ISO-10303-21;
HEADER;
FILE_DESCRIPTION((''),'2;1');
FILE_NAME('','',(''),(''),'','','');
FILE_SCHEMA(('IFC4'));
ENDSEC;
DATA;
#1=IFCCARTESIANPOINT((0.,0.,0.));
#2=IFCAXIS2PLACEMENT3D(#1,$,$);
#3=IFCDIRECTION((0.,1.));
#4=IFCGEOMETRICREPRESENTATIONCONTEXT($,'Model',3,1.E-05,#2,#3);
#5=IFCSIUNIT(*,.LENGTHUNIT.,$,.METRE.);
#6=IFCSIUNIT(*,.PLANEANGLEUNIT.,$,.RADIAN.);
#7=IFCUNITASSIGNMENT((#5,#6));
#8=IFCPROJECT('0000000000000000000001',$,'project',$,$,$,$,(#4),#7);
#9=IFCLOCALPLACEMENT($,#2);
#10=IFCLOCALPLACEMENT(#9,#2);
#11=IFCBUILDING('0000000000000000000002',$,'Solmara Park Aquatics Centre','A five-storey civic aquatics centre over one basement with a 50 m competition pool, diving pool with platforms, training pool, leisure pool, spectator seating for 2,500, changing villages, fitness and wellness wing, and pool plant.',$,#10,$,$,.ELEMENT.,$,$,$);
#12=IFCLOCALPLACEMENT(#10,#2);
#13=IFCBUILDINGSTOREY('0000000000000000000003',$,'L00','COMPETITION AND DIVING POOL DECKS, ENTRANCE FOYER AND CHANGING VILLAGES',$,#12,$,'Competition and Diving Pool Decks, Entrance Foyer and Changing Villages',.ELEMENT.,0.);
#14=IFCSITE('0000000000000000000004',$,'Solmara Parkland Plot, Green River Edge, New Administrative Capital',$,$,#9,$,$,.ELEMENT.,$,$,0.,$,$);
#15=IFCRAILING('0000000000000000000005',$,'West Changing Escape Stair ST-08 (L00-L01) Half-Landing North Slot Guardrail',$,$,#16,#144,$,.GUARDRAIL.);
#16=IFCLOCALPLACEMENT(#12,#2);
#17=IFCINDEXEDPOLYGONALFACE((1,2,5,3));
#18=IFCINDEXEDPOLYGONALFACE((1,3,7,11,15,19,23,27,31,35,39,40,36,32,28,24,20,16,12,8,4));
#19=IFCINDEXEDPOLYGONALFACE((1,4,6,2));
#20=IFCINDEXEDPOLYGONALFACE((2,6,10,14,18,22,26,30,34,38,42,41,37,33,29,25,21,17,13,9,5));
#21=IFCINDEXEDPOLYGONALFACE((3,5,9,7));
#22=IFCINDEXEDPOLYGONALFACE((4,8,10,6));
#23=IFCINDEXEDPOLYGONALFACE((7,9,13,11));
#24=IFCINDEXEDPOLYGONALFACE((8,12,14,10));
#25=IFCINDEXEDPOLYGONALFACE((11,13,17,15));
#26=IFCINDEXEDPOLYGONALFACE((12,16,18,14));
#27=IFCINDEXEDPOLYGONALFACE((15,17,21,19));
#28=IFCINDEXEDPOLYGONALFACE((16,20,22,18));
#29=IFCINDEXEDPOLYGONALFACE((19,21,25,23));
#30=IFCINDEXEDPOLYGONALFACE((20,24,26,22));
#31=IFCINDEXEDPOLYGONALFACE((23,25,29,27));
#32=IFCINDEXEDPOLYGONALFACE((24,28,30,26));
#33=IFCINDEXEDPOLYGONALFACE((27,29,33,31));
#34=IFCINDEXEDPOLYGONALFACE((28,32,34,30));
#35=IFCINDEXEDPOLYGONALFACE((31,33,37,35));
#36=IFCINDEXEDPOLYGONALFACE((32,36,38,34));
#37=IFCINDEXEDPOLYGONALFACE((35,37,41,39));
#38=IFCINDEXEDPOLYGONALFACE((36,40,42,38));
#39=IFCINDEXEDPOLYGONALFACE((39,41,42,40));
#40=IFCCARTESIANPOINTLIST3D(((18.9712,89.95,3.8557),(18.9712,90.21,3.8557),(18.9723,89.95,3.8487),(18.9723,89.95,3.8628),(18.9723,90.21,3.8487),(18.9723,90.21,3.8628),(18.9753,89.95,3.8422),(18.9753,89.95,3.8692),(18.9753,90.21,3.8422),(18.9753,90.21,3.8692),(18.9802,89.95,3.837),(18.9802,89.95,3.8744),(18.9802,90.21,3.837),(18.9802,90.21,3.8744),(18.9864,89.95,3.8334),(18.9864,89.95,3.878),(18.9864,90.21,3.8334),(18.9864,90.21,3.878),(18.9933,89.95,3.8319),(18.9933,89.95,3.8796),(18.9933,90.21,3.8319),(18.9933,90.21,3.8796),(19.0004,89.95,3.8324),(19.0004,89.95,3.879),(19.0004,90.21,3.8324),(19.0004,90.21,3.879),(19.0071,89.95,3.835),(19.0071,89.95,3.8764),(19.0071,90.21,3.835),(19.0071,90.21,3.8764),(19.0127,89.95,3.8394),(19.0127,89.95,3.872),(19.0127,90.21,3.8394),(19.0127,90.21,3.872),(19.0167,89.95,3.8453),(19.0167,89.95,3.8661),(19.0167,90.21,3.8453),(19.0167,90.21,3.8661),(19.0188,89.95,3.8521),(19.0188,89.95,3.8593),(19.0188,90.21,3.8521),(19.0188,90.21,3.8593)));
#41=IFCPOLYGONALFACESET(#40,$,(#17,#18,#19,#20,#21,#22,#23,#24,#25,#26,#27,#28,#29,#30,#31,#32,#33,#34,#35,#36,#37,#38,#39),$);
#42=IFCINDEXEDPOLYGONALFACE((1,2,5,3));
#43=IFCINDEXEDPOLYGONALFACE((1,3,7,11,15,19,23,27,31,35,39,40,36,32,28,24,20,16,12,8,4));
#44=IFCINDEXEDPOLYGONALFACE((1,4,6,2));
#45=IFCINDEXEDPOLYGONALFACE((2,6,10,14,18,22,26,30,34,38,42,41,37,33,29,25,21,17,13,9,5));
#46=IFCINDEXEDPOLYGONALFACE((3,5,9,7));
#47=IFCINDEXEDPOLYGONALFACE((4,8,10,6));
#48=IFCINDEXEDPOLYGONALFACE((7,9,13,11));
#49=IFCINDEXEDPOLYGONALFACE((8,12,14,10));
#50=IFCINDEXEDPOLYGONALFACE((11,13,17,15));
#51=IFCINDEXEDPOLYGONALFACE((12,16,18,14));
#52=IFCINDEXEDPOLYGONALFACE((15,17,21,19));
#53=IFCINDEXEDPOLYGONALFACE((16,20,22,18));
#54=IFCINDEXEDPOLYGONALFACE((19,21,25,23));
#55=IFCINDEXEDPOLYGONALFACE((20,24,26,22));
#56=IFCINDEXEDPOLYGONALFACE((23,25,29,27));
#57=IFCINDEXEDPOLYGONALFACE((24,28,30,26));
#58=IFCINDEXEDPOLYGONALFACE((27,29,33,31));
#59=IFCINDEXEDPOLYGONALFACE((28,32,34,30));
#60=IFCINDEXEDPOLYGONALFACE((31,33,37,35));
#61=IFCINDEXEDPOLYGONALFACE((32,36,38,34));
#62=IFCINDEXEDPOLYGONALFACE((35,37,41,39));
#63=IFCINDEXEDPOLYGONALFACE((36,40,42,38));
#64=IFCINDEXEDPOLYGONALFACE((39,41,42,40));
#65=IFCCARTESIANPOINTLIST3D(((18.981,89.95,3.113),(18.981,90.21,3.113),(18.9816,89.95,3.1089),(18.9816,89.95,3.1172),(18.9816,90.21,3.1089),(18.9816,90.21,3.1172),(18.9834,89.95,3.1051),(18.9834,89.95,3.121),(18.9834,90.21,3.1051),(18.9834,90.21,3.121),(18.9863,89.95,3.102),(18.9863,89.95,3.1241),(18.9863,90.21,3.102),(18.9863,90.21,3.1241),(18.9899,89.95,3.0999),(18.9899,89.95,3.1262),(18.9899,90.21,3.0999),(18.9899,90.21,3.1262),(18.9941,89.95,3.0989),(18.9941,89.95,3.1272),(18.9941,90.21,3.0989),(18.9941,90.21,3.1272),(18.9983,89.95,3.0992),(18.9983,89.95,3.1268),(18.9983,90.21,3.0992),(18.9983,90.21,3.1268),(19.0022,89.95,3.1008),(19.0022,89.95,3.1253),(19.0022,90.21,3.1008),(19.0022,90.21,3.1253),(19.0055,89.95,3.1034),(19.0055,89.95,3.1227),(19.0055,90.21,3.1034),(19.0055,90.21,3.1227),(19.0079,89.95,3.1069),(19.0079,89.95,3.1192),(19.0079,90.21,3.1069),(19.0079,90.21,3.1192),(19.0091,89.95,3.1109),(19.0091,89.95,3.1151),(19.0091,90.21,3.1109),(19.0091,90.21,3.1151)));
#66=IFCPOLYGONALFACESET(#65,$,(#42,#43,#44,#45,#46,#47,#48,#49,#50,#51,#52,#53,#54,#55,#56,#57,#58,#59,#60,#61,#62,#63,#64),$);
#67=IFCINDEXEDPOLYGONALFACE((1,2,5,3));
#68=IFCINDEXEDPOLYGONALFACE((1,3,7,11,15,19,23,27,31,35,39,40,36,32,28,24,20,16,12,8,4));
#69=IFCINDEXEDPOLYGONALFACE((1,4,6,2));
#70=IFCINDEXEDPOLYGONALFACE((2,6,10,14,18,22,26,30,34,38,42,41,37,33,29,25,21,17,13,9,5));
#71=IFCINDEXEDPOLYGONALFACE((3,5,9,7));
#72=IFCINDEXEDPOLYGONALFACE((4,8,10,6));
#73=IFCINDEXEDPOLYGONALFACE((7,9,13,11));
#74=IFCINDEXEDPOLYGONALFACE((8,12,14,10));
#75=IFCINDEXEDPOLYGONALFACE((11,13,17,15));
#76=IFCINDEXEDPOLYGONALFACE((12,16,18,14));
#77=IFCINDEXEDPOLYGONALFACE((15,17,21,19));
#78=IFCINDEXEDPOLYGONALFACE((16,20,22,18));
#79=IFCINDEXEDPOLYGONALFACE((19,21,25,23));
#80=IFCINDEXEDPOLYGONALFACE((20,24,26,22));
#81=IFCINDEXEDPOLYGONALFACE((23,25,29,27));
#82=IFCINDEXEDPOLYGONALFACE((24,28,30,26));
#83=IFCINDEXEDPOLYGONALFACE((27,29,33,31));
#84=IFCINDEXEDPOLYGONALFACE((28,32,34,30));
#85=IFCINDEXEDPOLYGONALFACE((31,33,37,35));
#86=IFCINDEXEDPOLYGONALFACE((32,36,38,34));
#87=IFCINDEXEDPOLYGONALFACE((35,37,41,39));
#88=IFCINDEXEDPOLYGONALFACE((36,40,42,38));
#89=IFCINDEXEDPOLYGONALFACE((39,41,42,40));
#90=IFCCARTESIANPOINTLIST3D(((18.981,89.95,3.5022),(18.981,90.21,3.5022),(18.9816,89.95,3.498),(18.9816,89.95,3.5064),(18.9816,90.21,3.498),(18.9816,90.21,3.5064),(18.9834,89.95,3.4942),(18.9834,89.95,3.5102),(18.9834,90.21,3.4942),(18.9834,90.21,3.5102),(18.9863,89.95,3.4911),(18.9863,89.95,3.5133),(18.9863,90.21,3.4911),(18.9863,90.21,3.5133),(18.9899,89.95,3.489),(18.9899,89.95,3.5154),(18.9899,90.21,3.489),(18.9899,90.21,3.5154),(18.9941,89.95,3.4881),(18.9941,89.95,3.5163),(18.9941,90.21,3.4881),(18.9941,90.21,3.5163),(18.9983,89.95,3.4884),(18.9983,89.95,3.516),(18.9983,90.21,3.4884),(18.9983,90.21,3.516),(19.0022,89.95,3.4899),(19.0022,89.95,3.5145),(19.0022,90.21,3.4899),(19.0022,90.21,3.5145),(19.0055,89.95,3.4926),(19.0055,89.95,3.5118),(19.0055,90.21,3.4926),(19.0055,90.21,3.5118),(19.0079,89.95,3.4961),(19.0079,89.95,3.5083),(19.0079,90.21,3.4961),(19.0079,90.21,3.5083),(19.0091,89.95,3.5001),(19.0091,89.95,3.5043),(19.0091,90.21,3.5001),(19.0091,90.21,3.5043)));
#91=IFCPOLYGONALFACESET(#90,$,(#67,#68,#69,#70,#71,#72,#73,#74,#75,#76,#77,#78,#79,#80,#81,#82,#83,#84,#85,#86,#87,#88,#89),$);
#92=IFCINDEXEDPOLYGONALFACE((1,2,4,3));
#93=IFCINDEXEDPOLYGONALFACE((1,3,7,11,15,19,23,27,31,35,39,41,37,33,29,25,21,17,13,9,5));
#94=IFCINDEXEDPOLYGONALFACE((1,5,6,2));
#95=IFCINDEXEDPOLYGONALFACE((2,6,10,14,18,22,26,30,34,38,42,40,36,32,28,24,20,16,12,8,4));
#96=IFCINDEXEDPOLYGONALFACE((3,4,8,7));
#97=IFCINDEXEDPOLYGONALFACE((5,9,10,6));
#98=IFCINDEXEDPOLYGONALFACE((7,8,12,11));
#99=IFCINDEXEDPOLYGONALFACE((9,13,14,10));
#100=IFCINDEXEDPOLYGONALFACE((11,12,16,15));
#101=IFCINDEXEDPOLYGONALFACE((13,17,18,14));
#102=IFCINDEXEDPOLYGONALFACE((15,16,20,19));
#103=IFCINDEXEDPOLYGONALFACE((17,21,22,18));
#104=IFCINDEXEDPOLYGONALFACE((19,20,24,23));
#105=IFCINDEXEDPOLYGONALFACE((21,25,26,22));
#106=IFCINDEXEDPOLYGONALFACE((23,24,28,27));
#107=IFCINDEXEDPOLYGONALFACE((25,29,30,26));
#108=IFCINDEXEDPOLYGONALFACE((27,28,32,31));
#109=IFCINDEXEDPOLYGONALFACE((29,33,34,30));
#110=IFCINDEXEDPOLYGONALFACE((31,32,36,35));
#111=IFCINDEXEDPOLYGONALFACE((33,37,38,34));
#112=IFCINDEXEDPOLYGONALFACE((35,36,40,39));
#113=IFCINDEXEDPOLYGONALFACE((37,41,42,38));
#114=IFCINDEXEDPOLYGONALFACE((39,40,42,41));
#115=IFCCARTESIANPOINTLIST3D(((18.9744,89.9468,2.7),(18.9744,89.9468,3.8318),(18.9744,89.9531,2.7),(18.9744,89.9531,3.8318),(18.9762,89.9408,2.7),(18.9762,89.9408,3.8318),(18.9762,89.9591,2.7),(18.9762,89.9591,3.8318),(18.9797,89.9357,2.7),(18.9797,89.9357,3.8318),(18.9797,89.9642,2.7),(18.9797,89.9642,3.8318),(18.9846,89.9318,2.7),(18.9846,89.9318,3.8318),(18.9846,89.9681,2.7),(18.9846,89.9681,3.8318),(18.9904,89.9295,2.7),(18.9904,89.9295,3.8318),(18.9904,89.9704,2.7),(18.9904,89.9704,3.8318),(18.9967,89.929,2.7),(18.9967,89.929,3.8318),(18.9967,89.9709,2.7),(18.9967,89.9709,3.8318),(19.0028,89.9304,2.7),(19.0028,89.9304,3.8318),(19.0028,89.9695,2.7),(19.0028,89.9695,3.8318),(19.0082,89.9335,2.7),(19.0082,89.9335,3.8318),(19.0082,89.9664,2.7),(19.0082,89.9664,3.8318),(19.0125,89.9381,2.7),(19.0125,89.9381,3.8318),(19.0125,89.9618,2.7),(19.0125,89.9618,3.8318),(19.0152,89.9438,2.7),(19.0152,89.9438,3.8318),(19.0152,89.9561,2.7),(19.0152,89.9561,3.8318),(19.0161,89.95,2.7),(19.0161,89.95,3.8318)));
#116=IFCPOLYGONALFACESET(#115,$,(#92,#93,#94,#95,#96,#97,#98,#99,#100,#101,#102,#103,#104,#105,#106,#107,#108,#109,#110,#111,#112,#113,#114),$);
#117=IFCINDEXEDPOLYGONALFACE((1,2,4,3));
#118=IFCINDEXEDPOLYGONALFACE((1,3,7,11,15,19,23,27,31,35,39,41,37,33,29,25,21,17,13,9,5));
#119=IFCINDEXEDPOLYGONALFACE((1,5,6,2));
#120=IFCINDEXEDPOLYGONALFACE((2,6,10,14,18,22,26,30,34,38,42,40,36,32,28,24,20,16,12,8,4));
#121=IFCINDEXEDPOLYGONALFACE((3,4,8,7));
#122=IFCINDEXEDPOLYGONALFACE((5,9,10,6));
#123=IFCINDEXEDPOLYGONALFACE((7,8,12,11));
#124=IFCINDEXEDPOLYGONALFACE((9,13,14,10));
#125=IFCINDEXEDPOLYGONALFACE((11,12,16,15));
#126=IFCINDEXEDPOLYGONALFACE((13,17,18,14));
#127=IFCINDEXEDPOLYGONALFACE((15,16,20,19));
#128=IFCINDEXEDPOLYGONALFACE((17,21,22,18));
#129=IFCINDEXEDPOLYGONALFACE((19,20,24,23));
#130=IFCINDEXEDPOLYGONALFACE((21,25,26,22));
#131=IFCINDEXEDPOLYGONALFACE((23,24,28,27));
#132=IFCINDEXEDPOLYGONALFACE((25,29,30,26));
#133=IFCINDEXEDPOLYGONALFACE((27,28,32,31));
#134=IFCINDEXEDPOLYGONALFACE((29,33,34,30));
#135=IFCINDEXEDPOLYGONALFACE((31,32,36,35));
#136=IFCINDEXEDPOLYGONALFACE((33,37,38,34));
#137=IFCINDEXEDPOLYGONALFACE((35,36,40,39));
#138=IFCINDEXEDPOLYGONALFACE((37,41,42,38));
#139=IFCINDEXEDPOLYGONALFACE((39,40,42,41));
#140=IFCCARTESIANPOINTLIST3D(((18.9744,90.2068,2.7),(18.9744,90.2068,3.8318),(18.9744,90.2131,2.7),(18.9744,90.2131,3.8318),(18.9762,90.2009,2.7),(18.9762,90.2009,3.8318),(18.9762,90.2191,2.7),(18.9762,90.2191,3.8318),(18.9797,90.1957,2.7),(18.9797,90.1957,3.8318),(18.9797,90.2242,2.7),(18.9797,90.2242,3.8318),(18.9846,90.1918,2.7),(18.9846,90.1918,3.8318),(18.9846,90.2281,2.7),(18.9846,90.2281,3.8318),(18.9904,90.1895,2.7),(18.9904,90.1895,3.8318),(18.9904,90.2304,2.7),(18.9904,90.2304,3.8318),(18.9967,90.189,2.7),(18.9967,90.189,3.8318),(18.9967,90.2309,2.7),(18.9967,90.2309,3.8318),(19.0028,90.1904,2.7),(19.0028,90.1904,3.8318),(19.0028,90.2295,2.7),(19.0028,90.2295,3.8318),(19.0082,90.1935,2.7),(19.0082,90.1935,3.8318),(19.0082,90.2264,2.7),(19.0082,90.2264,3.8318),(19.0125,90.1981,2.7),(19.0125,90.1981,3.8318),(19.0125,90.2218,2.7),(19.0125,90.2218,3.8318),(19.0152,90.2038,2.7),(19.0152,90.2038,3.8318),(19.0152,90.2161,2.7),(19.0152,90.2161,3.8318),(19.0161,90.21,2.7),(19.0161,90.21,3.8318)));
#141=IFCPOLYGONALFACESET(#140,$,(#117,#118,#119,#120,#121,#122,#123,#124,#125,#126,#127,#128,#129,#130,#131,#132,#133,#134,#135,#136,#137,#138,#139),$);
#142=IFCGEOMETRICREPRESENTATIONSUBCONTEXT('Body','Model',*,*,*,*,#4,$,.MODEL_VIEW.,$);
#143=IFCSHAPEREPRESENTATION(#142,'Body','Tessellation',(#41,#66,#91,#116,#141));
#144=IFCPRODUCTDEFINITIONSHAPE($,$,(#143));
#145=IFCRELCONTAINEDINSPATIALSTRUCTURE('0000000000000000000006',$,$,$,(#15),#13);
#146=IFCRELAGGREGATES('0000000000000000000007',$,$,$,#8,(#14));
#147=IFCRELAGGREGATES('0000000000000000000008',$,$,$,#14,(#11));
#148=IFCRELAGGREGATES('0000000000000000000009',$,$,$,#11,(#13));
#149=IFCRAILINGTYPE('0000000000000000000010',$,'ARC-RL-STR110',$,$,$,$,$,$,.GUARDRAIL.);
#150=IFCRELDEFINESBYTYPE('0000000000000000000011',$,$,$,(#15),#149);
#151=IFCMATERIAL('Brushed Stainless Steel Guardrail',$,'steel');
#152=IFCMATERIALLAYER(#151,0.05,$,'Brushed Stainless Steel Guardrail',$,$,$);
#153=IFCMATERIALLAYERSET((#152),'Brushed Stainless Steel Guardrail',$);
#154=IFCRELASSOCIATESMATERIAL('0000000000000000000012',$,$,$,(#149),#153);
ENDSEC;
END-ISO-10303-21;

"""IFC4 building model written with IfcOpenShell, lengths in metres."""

from ifc_helpers import new_model, si_unit, direction, frame, origin, origin_2d, place, context, subcontext, project, spatial, circle, extrude, material, layer, layer_set, type_object, element, save


model = new_model("IFC4")

# Units and contexts
model_context = context("Model", 3, precision=1e-05, world=origin(), true_north=direction((0.0, 1.0)))
body_context = subcontext(model_context, "Body", "Model", "MODEL_VIEW")
ifc_project = project(units=[si_unit("LENGTHUNIT", "METRE"), si_unit("PLANEANGLEUNIT", "RADIAN")], contexts=[model_context])

# Site, building, storey
site_placement = place(None, origin())
site = spatial("IfcSite", under=ifc_project, at=site_placement, Name="Solmara Parkland Plot, Green River Edge, New Administrative Capital", CompositionType="ELEMENT", RefElevation=0.0)
building_placement = place(site_placement, origin())
building = spatial("IfcBuilding", under=site, at=building_placement, Name="Solmara Park Aquatics Centre", Description="A five-storey civic aquatics centre over one basement with a 50 m competition pool, diving pool with platforms, training pool, leisure pool, spectator seating for 2,500, changing villages, fitness and wellness wing, and pool plant.", CompositionType="ELEMENT")
storey_placement = place(building_placement, origin())
storey = spatial("IfcBuildingStorey", under=building, at=storey_placement, Name="L00", Description="COMPETITION AND DIVING POOL DECKS, ENTRANCE FOYER AND CHANGING VILLAGES", LongName="Competition and Diving Pool Decks, Entrance Foyer and Changing Villages", CompositionType="ELEMENT", Elevation=0.0)

# Railing
ifc_material_1 = material(Name="Brushed Stainless Steel Guardrail", Category="steel")
ifc_layer_1 = layer(ifc_material_1, 0.05, Name="Brushed Stainless Steel Guardrail")
ifc_layer_set_1 = layer_set([ifc_layer_1], Name="Brushed Stainless Steel Guardrail")
railing_type_1 = type_object("IfcRailingType", Name="ARC-RL-STR110", PredefinedType="GUARDRAIL", material=ifc_layer_set_1)
railing_1_placement = place(storey_placement, frame((18.9951, 89.95, 2.7)))
element("IfcRailing", 1, at=railing_1_placement, inside=storey, type_object=railing_type_1, Name="West Changing Escape Stair ST-08 (L00-L01) Half-Landing North Slot Guardrail", PredefinedType="GUARDRAIL", context=body_context, shape_type="SweptSolid", body=[
    extrude(circle(Radius=0.0239, at=origin_2d()), frame((0.0, 0.0, 1.1558), z_axis=(0.0, 1.0, 0.0), x_axis=(-1.0, 0.0, 0.0)), (0.0, 0.0, 1.0), 0.26),
    extrude(circle(Radius=0.0142, at=origin_2d()), frame((0.0, 0.0, 0.4131), z_axis=(0.0, 1.0, 0.0), x_axis=(-1.0, 0.0, 0.0)), (0.0, 0.0, 1.0), 0.26),
    extrude(circle(Radius=0.0142, at=origin_2d()), frame((0.0, 0.0, 0.8022), z_axis=(0.0, 1.0, 0.0), x_axis=(-1.0, 0.0, 0.0)), (0.0, 0.0, 1.0), 0.26),
    extrude(circle(Radius=0.021, at=origin_2d()), origin(), (0.0, 0.0, 1.0), 1.1318),
    extrude(circle(Radius=0.021, at=origin_2d()), frame((0.0, 0.26, 0.0)), (0.0, 0.0, 1.0), 1.1318),
])

save(model, "model.ifc")
